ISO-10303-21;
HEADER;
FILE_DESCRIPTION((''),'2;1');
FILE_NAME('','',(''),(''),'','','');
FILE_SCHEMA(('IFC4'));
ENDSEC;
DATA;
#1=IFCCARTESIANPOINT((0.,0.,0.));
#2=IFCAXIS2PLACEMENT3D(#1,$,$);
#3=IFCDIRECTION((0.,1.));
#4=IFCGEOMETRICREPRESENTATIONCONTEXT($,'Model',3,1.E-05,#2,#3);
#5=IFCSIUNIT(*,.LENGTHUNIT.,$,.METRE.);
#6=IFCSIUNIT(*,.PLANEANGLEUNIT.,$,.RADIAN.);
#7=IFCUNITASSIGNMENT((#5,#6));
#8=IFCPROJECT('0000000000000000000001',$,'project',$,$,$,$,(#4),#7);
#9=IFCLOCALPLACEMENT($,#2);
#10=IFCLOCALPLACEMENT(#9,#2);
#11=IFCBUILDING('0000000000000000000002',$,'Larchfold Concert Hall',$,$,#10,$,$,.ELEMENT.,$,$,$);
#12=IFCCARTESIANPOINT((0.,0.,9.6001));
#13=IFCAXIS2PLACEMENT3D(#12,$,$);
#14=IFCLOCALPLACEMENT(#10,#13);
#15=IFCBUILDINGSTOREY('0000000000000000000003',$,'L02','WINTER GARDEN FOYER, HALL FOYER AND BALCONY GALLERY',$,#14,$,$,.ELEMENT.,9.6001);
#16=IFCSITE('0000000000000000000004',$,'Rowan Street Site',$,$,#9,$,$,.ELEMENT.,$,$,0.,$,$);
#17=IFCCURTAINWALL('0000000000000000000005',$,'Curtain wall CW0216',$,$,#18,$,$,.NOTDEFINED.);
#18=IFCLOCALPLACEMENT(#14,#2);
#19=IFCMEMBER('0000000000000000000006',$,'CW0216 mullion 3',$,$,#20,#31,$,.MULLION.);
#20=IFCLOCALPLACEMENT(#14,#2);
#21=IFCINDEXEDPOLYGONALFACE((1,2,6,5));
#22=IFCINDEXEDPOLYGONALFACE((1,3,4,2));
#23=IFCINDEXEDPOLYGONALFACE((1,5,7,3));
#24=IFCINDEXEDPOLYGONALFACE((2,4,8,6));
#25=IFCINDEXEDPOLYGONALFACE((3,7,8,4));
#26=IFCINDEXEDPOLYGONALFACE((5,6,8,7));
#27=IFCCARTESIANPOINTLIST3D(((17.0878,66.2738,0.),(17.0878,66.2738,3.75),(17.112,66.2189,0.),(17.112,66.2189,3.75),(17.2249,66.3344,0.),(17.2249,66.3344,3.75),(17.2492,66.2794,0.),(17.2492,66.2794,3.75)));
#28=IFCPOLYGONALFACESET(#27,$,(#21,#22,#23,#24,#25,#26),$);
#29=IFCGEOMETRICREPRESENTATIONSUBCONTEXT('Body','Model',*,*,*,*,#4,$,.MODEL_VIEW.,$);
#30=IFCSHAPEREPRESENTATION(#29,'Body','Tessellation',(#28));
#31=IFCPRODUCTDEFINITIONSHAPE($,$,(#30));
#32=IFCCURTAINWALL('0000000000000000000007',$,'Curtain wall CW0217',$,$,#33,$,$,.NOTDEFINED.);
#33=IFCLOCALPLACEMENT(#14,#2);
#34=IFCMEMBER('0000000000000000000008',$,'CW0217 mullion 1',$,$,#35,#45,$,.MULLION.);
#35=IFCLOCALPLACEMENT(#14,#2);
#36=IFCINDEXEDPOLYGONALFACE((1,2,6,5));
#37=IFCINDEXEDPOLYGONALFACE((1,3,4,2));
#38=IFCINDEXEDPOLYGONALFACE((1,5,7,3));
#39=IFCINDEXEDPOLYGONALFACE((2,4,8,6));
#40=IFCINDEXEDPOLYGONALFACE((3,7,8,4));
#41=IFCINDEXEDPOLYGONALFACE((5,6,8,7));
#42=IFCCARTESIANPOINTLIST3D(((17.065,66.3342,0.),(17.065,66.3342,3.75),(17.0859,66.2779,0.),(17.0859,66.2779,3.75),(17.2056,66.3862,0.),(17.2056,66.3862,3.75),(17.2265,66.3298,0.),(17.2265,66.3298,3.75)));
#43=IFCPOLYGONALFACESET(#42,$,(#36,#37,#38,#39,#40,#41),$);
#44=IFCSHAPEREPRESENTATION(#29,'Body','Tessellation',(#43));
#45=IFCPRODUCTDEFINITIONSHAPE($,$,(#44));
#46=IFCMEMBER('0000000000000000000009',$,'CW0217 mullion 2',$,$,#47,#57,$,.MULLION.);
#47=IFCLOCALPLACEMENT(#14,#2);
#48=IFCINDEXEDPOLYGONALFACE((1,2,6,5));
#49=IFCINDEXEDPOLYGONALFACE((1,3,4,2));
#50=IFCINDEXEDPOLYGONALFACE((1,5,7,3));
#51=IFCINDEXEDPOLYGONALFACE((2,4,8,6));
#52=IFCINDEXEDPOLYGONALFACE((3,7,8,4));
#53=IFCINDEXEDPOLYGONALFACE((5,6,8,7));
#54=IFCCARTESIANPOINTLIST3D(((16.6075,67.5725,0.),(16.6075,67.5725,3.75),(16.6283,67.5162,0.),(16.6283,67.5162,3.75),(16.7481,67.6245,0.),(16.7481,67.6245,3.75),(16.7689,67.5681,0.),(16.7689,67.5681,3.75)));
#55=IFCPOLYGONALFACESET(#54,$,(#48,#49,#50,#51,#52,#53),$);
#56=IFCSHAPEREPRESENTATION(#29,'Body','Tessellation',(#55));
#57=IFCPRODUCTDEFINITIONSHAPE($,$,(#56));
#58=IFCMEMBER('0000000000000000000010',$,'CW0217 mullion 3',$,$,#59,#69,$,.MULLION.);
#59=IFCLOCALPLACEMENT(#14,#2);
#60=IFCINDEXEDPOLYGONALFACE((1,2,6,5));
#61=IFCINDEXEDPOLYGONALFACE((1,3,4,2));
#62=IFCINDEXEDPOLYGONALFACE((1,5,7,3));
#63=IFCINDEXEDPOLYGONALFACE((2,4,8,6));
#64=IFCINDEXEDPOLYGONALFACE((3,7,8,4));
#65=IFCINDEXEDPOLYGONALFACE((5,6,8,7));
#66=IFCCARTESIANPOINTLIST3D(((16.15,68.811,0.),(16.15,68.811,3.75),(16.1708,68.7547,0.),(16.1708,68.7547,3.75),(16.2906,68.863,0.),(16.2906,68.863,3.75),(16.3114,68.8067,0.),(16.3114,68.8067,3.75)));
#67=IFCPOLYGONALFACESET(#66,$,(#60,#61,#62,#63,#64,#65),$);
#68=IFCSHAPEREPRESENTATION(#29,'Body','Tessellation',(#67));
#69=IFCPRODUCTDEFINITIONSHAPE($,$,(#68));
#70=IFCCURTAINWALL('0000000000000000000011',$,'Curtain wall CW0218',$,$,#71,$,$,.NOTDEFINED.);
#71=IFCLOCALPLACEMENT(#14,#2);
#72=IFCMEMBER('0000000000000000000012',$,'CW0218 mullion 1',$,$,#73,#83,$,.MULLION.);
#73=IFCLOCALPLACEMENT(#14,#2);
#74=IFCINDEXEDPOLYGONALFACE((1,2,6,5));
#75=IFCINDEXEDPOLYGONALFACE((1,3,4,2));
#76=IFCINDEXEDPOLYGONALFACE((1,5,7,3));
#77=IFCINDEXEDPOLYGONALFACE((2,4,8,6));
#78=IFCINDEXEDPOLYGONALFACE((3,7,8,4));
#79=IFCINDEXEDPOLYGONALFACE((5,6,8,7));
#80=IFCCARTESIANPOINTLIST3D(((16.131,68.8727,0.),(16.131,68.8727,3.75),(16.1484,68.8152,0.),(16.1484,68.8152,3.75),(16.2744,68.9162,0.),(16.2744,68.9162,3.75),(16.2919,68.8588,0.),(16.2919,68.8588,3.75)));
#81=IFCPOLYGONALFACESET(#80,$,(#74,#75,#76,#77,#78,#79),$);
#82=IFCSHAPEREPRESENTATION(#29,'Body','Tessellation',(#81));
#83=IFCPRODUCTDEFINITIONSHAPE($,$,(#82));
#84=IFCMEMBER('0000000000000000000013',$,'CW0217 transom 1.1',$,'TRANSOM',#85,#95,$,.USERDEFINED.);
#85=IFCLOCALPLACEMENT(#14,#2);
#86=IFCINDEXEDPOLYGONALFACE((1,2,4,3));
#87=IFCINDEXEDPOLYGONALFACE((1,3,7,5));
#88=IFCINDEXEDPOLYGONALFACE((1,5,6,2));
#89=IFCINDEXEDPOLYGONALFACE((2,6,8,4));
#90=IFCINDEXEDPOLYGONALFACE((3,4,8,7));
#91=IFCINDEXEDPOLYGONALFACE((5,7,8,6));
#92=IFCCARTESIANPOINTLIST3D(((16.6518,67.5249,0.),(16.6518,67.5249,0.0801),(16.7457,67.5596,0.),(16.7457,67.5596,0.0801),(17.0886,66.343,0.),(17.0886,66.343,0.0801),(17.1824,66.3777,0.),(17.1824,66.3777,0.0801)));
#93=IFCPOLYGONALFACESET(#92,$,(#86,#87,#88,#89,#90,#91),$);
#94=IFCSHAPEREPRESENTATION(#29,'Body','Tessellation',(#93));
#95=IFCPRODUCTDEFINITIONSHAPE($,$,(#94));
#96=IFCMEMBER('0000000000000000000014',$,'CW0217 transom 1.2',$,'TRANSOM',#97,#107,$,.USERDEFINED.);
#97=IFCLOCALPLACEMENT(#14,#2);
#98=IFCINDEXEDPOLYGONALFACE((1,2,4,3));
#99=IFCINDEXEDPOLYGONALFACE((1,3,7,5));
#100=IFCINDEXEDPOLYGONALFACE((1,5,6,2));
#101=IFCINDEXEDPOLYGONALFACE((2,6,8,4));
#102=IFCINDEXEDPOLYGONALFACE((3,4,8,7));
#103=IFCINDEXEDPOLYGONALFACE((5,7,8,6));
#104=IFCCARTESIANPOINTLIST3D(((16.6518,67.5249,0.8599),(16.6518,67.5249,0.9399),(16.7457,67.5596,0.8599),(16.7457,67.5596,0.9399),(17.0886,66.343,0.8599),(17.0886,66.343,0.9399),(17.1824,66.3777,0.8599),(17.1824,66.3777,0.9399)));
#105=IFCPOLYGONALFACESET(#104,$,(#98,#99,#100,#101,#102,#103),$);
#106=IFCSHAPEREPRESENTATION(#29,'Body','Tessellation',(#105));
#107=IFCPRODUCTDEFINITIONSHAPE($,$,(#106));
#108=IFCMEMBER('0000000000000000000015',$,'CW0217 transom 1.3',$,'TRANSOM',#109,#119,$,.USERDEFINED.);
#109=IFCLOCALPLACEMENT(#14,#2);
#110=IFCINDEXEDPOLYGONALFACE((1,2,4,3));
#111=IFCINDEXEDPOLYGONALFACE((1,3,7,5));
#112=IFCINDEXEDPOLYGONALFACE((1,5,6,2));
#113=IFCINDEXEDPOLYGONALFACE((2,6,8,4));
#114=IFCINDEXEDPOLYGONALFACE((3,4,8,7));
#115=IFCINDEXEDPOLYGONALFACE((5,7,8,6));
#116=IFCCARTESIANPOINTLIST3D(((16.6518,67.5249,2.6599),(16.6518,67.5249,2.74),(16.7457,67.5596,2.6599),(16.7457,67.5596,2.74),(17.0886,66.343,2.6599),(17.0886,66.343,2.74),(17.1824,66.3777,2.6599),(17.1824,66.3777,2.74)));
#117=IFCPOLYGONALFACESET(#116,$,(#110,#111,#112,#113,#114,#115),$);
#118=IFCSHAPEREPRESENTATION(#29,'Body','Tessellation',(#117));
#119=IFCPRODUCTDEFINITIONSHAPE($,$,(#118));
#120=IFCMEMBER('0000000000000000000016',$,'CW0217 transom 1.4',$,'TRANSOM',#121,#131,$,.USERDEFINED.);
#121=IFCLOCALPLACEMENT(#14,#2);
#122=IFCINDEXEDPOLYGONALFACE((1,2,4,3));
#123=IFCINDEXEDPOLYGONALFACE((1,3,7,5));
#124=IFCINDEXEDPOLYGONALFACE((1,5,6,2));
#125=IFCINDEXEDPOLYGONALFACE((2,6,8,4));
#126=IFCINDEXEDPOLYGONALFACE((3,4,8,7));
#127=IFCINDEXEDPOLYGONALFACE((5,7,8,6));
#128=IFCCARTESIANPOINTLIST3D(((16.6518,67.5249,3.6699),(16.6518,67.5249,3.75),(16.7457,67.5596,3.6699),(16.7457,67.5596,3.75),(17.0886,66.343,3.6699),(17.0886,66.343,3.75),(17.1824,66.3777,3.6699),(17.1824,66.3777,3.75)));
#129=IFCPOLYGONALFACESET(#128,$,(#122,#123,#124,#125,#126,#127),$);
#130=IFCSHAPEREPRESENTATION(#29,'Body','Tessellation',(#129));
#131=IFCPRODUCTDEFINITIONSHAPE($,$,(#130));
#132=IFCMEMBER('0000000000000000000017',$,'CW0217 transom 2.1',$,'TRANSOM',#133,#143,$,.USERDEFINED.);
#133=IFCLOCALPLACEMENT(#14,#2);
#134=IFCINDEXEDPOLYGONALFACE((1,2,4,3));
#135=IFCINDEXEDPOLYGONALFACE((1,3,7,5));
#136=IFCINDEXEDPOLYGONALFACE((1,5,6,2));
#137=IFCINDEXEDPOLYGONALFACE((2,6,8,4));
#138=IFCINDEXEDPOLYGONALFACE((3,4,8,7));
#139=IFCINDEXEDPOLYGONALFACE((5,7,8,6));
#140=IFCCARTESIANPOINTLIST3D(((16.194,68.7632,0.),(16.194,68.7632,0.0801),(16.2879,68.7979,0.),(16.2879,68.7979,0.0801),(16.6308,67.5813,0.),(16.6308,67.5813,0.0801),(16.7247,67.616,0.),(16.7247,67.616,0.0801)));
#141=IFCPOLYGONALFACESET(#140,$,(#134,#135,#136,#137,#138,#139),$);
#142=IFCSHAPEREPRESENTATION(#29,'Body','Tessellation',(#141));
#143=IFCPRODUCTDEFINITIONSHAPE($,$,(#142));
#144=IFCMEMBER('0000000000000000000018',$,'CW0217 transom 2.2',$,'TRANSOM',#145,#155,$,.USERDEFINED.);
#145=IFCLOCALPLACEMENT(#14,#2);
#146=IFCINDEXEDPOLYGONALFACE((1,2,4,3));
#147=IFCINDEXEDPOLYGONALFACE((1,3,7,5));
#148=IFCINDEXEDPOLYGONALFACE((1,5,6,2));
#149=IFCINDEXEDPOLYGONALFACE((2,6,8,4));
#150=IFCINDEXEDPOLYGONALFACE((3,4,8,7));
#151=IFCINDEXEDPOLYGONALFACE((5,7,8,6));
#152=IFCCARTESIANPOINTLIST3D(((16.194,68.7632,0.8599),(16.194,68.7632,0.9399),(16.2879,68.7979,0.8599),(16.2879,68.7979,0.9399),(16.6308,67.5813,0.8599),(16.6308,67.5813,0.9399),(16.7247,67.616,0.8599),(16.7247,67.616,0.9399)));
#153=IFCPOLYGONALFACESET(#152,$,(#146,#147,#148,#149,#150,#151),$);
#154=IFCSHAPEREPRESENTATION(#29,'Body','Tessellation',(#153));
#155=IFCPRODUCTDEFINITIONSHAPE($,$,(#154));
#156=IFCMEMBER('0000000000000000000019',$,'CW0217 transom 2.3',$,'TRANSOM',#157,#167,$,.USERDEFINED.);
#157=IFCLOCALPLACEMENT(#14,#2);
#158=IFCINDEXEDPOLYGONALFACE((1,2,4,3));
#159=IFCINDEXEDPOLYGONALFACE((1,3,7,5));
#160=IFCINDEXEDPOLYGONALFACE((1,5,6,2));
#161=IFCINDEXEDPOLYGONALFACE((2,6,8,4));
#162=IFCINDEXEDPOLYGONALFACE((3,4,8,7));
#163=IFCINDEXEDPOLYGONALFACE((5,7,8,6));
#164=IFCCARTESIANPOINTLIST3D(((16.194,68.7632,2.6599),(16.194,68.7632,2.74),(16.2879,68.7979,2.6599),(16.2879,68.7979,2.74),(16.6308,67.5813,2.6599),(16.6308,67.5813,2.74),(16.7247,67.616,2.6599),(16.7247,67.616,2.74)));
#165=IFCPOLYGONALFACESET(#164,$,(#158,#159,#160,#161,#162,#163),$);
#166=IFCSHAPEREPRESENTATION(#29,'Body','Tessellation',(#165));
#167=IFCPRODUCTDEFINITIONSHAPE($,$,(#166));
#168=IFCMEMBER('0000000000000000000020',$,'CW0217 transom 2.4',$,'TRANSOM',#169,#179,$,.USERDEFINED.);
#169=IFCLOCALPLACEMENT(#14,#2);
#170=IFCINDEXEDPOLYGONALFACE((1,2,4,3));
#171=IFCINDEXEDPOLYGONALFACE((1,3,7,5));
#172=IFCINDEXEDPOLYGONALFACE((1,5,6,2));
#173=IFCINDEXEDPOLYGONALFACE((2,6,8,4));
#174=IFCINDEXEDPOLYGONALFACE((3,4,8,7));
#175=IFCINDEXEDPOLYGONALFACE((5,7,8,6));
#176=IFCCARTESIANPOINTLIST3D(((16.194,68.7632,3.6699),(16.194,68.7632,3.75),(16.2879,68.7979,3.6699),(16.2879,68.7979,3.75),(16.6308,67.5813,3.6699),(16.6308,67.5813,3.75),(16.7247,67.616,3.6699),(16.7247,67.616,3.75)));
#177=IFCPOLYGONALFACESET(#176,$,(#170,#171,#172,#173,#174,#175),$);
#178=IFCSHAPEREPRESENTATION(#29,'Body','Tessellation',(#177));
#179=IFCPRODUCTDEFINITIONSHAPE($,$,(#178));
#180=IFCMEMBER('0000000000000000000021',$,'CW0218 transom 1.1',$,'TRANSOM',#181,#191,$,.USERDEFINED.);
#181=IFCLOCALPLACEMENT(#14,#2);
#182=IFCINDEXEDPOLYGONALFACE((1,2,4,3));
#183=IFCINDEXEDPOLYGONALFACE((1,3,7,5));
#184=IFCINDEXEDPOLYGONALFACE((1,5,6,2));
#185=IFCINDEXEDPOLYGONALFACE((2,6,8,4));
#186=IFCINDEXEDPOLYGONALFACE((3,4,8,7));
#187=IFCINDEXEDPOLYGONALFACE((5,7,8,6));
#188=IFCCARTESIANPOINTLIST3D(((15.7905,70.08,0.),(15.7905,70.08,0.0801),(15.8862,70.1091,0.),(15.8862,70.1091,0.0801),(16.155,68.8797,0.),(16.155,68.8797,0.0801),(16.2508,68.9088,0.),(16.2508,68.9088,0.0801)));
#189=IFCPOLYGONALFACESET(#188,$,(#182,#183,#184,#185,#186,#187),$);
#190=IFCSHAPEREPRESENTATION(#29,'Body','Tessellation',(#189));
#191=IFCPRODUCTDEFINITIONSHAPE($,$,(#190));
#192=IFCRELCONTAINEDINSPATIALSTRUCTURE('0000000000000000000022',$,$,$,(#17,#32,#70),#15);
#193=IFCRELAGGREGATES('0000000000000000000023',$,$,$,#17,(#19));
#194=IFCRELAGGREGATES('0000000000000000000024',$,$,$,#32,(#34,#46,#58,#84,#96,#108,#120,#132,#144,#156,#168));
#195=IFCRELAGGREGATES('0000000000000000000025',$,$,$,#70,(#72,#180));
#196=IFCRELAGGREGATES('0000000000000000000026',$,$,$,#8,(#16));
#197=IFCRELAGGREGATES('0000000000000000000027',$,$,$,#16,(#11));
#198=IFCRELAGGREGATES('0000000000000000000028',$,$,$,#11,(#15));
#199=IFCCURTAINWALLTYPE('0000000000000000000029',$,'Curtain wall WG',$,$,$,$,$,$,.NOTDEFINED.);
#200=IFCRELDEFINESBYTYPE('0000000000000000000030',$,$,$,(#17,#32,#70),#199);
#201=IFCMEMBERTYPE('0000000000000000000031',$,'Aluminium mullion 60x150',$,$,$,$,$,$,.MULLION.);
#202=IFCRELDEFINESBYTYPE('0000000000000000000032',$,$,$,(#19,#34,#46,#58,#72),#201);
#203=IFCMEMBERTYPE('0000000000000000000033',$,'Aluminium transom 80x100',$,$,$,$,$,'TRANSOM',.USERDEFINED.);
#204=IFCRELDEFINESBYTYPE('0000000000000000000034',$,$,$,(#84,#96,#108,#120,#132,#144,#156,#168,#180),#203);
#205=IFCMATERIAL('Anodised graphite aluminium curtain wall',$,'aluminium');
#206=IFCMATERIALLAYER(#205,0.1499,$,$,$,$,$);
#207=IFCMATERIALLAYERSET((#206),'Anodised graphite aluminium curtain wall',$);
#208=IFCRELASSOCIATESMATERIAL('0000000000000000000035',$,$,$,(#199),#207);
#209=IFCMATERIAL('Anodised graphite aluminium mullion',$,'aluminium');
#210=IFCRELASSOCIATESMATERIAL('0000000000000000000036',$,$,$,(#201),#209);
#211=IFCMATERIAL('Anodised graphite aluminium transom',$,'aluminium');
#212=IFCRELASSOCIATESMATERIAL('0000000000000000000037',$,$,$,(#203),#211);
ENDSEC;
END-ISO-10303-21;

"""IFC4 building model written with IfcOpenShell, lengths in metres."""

from ifc_helpers import new_model, si_unit, direction, frame, origin, origin_2d, place, context, subcontext, project, spatial, rectangle, extrude, material, layer, layer_set, material_profile, profile_set, type_object, element, aggregate, save


model = new_model("IFC4")

# Units and contexts
model_context = context("Model", 3, precision=1e-05, world=origin(), true_north=direction((0.0, 1.0)))
body_context = subcontext(model_context, "Body", "Model", "MODEL_VIEW")
ifc_project = project(units=[si_unit("LENGTHUNIT", "METRE"), si_unit("PLANEANGLEUNIT", "RADIAN")], contexts=[model_context])

# Site, building, storey
site_placement = place(None, origin())
site = spatial("IfcSite", under=ifc_project, at=site_placement, Name="Rowan Street Site", CompositionType="ELEMENT", RefElevation=0.0)
building_placement = place(site_placement, origin())
building = spatial("IfcBuilding", under=site, at=building_placement, Name="Larchfold Concert Hall", CompositionType="ELEMENT")
storey_placement = place(building_placement, frame((0.0, 0.0, 9.6001)))
storey = spatial("IfcBuildingStorey", under=building, at=storey_placement, Name="L02", Description="WINTER GARDEN FOYER, HALL FOYER AND BALCONY GALLERY", CompositionType="ELEMENT", Elevation=9.6001)

# Curtain wall, member
ifc_material_1 = material(Name="Anodised graphite aluminium curtain wall", Category="aluminium")
ifc_layer_1 = layer(ifc_material_1, 0.1499)
ifc_layer_set_1 = layer_set([ifc_layer_1], Name="Anodised graphite aluminium curtain wall")
curtain_wall_type = type_object("IfcCurtainWallType", Name="Curtain wall WG", PredefinedType="NOTDEFINED", material=ifc_layer_set_1)
curtain_wall_1_placement = place(storey_placement, origin())
curtain_wall_1 = element("IfcCurtainWall", 1, at=curtain_wall_1_placement, inside=storey, type_object=curtain_wall_type, Name="Curtain wall CW0216", PredefinedType="NOTDEFINED")
ifc_material_2 = material(Name="Anodised graphite aluminium mullion", Category="aluminium")
ifc_material_profile_1 = material_profile(ifc_material_2, rectangle(XDim=0.1499, YDim=0.0601, at=origin_2d()))
ifc_profile_set_1 = profile_set([ifc_material_profile_1], Name="Anodised graphite aluminium mullion")
member_type_1 = type_object("IfcMemberType", Name="Aluminium mullion 60x150", PredefinedType="MULLION", material=ifc_profile_set_1)
member_1_placement = place(storey_placement, frame((17.1685, 66.2766, 0.0), z_axis=(0.0, 0.0, 1.0), x_axis=(-0.914744, -0.404034, 0.0)))
member_1 = element("IfcMember", 2, at=member_1_placement, type_object=member_type_1, Name="CW0216 mullion 3", PredefinedType="MULLION", context=body_context, shape_type="SweptSolid", body=[
    extrude(rectangle(XDim=0.1499, YDim=0.0601, at=origin_2d()), origin(), (0.0, 0.0, 1.0), 3.75),
])

# Curtain wall, members
curtain_wall_2_placement = place(storey_placement, origin())
curtain_wall_2 = element("IfcCurtainWall", 3, at=curtain_wall_2_placement, inside=storey, type_object=curtain_wall_type, Name="Curtain wall CW0217", PredefinedType="NOTDEFINED")
member_2_placement = place(storey_placement, frame((17.1458, 66.332, 0.0), z_axis=(0.0, 0.0, 1.0), x_axis=(-0.938002, -0.346631, 0.0)))
member_2 = element("IfcMember", 4, at=member_2_placement, type_object=member_type_1, Name="CW0217 mullion 1", PredefinedType="MULLION", context=body_context, shape_type="SweptSolid", body=[
    extrude(rectangle(XDim=0.1499, YDim=0.0601, at=origin_2d()), origin(), (0.0, 0.0, 1.0), 3.75),
])
member_3_placement = place(storey_placement, frame((16.6882, 67.5703, 0.0), z_axis=(0.0, 0.0, 1.0), x_axis=(-0.938002, -0.346631, 0.0)))
member_3 = element("IfcMember", 5, at=member_3_placement, type_object=member_type_1, Name="CW0217 mullion 2", PredefinedType="MULLION", context=body_context, shape_type="SweptSolid", body=[
    extrude(rectangle(XDim=0.1499, YDim=0.0601, at=origin_2d()), origin(), (0.0, 0.0, 1.0), 3.75),
])
member_4_placement = place(storey_placement, frame((16.2307, 68.8088, 0.0), z_axis=(0.0, 0.0, 1.0), x_axis=(-0.938002, -0.346631, 0.0)))
member_4 = element("IfcMember", 6, at=member_4_placement, type_object=member_type_1, Name="CW0217 mullion 3", PredefinedType="MULLION", context=body_context, shape_type="SweptSolid", body=[
    extrude(rectangle(XDim=0.1499, YDim=0.0601, at=origin_2d()), origin(), (0.0, 0.0, 1.0), 3.75),
])

# Curtain wall, member
curtain_wall_3_placement = place(storey_placement, origin())
curtain_wall_3 = element("IfcCurtainWall", 7, at=curtain_wall_3_placement, inside=storey, type_object=curtain_wall_type, Name="Curtain wall CW0218", PredefinedType="NOTDEFINED")
member_5_placement = place(storey_placement, frame((16.2114, 68.8657, 0.0), z_axis=(0.0, 0.0, 1.0), x_axis=(-0.956856, -0.290562, 0.0)))
member_5 = element("IfcMember", 8, at=member_5_placement, type_object=member_type_1, Name="CW0218 mullion 1", PredefinedType="MULLION", context=body_context, shape_type="SweptSolid", body=[
    extrude(rectangle(XDim=0.1499, YDim=0.0601, at=origin_2d()), origin(), (0.0, 0.0, 1.0), 3.75),
])

# Members
ifc_material_3 = material(Name="Anodised graphite aluminium transom", Category="aluminium")
ifc_material_profile_2 = material_profile(ifc_material_3, rectangle(XDim=0.1001, YDim=0.0801, at=origin_2d()))
ifc_profile_set_2 = profile_set([ifc_material_profile_2], Name="Anodised graphite aluminium transom")
member_type_2 = type_object("IfcMemberType", Name="Aluminium transom 80x100", ElementType="TRANSOM", PredefinedType="USERDEFINED", material=ifc_profile_set_2)
member_6_placement = place(storey_placement, frame((17.1355, 66.3604, 0.04), z_axis=(-0.346639, 0.937999, 0.0), x_axis=(-0.937999, -0.346639, 0.0)))
member_6 = element("IfcMember", 9, at=member_6_placement, type_object=member_type_2, Name="CW0217 transom 1.1", ObjectType="TRANSOM", PredefinedType="USERDEFINED", context=body_context, shape_type="SweptSolid", body=[
    extrude(rectangle(XDim=0.1001, YDim=0.0801, at=origin_2d()), origin(), (0.0, 0.0, 1.0), 1.26),
])
member_7_placement = place(storey_placement, frame((17.1355, 66.3604, 0.8999), z_axis=(-0.346639, 0.937999, 0.0), x_axis=(-0.937999, -0.346639, 0.0)))
member_7 = element("IfcMember", 10, at=member_7_placement, type_object=member_type_2, Name="CW0217 transom 1.2", ObjectType="TRANSOM", PredefinedType="USERDEFINED", context=body_context, shape_type="SweptSolid", body=[
    extrude(rectangle(XDim=0.1001, YDim=0.0801, at=origin_2d()), origin(), (0.0, 0.0, 1.0), 1.26),
])
member_8_placement = place(storey_placement, frame((17.1355, 66.3604, 2.7), z_axis=(-0.346639, 0.937999, 0.0), x_axis=(-0.937999, -0.346639, 0.0)))
member_8 = element("IfcMember", 11, at=member_8_placement, type_object=member_type_2, Name="CW0217 transom 1.3", ObjectType="TRANSOM", PredefinedType="USERDEFINED", context=body_context, shape_type="SweptSolid", body=[
    extrude(rectangle(XDim=0.1001, YDim=0.0801, at=origin_2d()), origin(), (0.0, 0.0, 1.0), 1.26),
])
member_9_placement = place(storey_placement, frame((17.1355, 66.3604, 3.71), z_axis=(-0.346639, 0.937999, 0.0), x_axis=(-0.937999, -0.346639, 0.0)))
member_9 = element("IfcMember", 12, at=member_9_placement, type_object=member_type_2, Name="CW0217 transom 1.4", ObjectType="TRANSOM", PredefinedType="USERDEFINED", context=body_context, shape_type="SweptSolid", body=[
    extrude(rectangle(XDim=0.1001, YDim=0.0801, at=origin_2d()), origin(), (0.0, 0.0, 1.0), 1.26),
])
member_10_placement = place(storey_placement, frame((16.6777, 67.5986, 0.04), z_axis=(-0.346639, 0.937999, 0.0), x_axis=(-0.937999, -0.346639, 0.0)))
member_10 = element("IfcMember", 13, at=member_10_placement, type_object=member_type_2, Name="CW0217 transom 2.1", ObjectType="TRANSOM", PredefinedType="USERDEFINED", context=body_context, shape_type="SweptSolid", body=[
    extrude(rectangle(XDim=0.1001, YDim=0.0801, at=origin_2d()), origin(), (0.0, 0.0, 1.0), 1.26),
])
member_11_placement = place(storey_placement, frame((16.6777, 67.5986, 0.8999), z_axis=(-0.346639, 0.937999, 0.0), x_axis=(-0.937999, -0.346639, 0.0)))
member_11 = element("IfcMember", 14, at=member_11_placement, type_object=member_type_2, Name="CW0217 transom 2.2", ObjectType="TRANSOM", PredefinedType="USERDEFINED", context=body_context, shape_type="SweptSolid", body=[
    extrude(rectangle(XDim=0.1001, YDim=0.0801, at=origin_2d()), origin(), (0.0, 0.0, 1.0), 1.26),
])
member_12_placement = place(storey_placement, frame((16.6777, 67.5986, 2.7), z_axis=(-0.346639, 0.937999, 0.0), x_axis=(-0.937999, -0.346639, 0.0)))
member_12 = element("IfcMember", 15, at=member_12_placement, type_object=member_type_2, Name="CW0217 transom 2.3", ObjectType="TRANSOM", PredefinedType="USERDEFINED", context=body_context, shape_type="SweptSolid", body=[
    extrude(rectangle(XDim=0.1001, YDim=0.0801, at=origin_2d()), origin(), (0.0, 0.0, 1.0), 1.26),
])
member_13_placement = place(storey_placement, frame((16.6777, 67.5986, 3.71), z_axis=(-0.346639, 0.937999, 0.0), x_axis=(-0.937999, -0.346639, 0.0)))
member_13 = element("IfcMember", 16, at=member_13_placement, type_object=member_type_2, Name="CW0217 transom 2.4", ObjectType="TRANSOM", PredefinedType="USERDEFINED", context=body_context, shape_type="SweptSolid", body=[
    extrude(rectangle(XDim=0.1001, YDim=0.0801, at=origin_2d()), origin(), (0.0, 0.0, 1.0), 1.26),
])
member_14_placement = place(storey_placement, frame((16.2029, 68.8943, 0.04), z_axis=(-0.290596, 0.956846, 0.0), x_axis=(-0.956846, -0.290596, 0.0)))
member_14 = element("IfcMember", 17, at=member_14_placement, type_object=member_type_2, Name="CW0218 transom 1.1", ObjectType="TRANSOM", PredefinedType="USERDEFINED", context=body_context, shape_type="SweptSolid", body=[
    extrude(rectangle(XDim=0.1001, YDim=0.0801, at=origin_2d()), origin(), (0.0, 0.0, 1.0), 1.2544),
])

aggregate(curtain_wall_1, [member_1])
aggregate(curtain_wall_2, [member_2, member_3, member_4, member_6, member_7, member_8, member_9, member_10, member_11, member_12, member_13])
aggregate(curtain_wall_3, [member_5, member_14])

save(model, "model.ifc")
